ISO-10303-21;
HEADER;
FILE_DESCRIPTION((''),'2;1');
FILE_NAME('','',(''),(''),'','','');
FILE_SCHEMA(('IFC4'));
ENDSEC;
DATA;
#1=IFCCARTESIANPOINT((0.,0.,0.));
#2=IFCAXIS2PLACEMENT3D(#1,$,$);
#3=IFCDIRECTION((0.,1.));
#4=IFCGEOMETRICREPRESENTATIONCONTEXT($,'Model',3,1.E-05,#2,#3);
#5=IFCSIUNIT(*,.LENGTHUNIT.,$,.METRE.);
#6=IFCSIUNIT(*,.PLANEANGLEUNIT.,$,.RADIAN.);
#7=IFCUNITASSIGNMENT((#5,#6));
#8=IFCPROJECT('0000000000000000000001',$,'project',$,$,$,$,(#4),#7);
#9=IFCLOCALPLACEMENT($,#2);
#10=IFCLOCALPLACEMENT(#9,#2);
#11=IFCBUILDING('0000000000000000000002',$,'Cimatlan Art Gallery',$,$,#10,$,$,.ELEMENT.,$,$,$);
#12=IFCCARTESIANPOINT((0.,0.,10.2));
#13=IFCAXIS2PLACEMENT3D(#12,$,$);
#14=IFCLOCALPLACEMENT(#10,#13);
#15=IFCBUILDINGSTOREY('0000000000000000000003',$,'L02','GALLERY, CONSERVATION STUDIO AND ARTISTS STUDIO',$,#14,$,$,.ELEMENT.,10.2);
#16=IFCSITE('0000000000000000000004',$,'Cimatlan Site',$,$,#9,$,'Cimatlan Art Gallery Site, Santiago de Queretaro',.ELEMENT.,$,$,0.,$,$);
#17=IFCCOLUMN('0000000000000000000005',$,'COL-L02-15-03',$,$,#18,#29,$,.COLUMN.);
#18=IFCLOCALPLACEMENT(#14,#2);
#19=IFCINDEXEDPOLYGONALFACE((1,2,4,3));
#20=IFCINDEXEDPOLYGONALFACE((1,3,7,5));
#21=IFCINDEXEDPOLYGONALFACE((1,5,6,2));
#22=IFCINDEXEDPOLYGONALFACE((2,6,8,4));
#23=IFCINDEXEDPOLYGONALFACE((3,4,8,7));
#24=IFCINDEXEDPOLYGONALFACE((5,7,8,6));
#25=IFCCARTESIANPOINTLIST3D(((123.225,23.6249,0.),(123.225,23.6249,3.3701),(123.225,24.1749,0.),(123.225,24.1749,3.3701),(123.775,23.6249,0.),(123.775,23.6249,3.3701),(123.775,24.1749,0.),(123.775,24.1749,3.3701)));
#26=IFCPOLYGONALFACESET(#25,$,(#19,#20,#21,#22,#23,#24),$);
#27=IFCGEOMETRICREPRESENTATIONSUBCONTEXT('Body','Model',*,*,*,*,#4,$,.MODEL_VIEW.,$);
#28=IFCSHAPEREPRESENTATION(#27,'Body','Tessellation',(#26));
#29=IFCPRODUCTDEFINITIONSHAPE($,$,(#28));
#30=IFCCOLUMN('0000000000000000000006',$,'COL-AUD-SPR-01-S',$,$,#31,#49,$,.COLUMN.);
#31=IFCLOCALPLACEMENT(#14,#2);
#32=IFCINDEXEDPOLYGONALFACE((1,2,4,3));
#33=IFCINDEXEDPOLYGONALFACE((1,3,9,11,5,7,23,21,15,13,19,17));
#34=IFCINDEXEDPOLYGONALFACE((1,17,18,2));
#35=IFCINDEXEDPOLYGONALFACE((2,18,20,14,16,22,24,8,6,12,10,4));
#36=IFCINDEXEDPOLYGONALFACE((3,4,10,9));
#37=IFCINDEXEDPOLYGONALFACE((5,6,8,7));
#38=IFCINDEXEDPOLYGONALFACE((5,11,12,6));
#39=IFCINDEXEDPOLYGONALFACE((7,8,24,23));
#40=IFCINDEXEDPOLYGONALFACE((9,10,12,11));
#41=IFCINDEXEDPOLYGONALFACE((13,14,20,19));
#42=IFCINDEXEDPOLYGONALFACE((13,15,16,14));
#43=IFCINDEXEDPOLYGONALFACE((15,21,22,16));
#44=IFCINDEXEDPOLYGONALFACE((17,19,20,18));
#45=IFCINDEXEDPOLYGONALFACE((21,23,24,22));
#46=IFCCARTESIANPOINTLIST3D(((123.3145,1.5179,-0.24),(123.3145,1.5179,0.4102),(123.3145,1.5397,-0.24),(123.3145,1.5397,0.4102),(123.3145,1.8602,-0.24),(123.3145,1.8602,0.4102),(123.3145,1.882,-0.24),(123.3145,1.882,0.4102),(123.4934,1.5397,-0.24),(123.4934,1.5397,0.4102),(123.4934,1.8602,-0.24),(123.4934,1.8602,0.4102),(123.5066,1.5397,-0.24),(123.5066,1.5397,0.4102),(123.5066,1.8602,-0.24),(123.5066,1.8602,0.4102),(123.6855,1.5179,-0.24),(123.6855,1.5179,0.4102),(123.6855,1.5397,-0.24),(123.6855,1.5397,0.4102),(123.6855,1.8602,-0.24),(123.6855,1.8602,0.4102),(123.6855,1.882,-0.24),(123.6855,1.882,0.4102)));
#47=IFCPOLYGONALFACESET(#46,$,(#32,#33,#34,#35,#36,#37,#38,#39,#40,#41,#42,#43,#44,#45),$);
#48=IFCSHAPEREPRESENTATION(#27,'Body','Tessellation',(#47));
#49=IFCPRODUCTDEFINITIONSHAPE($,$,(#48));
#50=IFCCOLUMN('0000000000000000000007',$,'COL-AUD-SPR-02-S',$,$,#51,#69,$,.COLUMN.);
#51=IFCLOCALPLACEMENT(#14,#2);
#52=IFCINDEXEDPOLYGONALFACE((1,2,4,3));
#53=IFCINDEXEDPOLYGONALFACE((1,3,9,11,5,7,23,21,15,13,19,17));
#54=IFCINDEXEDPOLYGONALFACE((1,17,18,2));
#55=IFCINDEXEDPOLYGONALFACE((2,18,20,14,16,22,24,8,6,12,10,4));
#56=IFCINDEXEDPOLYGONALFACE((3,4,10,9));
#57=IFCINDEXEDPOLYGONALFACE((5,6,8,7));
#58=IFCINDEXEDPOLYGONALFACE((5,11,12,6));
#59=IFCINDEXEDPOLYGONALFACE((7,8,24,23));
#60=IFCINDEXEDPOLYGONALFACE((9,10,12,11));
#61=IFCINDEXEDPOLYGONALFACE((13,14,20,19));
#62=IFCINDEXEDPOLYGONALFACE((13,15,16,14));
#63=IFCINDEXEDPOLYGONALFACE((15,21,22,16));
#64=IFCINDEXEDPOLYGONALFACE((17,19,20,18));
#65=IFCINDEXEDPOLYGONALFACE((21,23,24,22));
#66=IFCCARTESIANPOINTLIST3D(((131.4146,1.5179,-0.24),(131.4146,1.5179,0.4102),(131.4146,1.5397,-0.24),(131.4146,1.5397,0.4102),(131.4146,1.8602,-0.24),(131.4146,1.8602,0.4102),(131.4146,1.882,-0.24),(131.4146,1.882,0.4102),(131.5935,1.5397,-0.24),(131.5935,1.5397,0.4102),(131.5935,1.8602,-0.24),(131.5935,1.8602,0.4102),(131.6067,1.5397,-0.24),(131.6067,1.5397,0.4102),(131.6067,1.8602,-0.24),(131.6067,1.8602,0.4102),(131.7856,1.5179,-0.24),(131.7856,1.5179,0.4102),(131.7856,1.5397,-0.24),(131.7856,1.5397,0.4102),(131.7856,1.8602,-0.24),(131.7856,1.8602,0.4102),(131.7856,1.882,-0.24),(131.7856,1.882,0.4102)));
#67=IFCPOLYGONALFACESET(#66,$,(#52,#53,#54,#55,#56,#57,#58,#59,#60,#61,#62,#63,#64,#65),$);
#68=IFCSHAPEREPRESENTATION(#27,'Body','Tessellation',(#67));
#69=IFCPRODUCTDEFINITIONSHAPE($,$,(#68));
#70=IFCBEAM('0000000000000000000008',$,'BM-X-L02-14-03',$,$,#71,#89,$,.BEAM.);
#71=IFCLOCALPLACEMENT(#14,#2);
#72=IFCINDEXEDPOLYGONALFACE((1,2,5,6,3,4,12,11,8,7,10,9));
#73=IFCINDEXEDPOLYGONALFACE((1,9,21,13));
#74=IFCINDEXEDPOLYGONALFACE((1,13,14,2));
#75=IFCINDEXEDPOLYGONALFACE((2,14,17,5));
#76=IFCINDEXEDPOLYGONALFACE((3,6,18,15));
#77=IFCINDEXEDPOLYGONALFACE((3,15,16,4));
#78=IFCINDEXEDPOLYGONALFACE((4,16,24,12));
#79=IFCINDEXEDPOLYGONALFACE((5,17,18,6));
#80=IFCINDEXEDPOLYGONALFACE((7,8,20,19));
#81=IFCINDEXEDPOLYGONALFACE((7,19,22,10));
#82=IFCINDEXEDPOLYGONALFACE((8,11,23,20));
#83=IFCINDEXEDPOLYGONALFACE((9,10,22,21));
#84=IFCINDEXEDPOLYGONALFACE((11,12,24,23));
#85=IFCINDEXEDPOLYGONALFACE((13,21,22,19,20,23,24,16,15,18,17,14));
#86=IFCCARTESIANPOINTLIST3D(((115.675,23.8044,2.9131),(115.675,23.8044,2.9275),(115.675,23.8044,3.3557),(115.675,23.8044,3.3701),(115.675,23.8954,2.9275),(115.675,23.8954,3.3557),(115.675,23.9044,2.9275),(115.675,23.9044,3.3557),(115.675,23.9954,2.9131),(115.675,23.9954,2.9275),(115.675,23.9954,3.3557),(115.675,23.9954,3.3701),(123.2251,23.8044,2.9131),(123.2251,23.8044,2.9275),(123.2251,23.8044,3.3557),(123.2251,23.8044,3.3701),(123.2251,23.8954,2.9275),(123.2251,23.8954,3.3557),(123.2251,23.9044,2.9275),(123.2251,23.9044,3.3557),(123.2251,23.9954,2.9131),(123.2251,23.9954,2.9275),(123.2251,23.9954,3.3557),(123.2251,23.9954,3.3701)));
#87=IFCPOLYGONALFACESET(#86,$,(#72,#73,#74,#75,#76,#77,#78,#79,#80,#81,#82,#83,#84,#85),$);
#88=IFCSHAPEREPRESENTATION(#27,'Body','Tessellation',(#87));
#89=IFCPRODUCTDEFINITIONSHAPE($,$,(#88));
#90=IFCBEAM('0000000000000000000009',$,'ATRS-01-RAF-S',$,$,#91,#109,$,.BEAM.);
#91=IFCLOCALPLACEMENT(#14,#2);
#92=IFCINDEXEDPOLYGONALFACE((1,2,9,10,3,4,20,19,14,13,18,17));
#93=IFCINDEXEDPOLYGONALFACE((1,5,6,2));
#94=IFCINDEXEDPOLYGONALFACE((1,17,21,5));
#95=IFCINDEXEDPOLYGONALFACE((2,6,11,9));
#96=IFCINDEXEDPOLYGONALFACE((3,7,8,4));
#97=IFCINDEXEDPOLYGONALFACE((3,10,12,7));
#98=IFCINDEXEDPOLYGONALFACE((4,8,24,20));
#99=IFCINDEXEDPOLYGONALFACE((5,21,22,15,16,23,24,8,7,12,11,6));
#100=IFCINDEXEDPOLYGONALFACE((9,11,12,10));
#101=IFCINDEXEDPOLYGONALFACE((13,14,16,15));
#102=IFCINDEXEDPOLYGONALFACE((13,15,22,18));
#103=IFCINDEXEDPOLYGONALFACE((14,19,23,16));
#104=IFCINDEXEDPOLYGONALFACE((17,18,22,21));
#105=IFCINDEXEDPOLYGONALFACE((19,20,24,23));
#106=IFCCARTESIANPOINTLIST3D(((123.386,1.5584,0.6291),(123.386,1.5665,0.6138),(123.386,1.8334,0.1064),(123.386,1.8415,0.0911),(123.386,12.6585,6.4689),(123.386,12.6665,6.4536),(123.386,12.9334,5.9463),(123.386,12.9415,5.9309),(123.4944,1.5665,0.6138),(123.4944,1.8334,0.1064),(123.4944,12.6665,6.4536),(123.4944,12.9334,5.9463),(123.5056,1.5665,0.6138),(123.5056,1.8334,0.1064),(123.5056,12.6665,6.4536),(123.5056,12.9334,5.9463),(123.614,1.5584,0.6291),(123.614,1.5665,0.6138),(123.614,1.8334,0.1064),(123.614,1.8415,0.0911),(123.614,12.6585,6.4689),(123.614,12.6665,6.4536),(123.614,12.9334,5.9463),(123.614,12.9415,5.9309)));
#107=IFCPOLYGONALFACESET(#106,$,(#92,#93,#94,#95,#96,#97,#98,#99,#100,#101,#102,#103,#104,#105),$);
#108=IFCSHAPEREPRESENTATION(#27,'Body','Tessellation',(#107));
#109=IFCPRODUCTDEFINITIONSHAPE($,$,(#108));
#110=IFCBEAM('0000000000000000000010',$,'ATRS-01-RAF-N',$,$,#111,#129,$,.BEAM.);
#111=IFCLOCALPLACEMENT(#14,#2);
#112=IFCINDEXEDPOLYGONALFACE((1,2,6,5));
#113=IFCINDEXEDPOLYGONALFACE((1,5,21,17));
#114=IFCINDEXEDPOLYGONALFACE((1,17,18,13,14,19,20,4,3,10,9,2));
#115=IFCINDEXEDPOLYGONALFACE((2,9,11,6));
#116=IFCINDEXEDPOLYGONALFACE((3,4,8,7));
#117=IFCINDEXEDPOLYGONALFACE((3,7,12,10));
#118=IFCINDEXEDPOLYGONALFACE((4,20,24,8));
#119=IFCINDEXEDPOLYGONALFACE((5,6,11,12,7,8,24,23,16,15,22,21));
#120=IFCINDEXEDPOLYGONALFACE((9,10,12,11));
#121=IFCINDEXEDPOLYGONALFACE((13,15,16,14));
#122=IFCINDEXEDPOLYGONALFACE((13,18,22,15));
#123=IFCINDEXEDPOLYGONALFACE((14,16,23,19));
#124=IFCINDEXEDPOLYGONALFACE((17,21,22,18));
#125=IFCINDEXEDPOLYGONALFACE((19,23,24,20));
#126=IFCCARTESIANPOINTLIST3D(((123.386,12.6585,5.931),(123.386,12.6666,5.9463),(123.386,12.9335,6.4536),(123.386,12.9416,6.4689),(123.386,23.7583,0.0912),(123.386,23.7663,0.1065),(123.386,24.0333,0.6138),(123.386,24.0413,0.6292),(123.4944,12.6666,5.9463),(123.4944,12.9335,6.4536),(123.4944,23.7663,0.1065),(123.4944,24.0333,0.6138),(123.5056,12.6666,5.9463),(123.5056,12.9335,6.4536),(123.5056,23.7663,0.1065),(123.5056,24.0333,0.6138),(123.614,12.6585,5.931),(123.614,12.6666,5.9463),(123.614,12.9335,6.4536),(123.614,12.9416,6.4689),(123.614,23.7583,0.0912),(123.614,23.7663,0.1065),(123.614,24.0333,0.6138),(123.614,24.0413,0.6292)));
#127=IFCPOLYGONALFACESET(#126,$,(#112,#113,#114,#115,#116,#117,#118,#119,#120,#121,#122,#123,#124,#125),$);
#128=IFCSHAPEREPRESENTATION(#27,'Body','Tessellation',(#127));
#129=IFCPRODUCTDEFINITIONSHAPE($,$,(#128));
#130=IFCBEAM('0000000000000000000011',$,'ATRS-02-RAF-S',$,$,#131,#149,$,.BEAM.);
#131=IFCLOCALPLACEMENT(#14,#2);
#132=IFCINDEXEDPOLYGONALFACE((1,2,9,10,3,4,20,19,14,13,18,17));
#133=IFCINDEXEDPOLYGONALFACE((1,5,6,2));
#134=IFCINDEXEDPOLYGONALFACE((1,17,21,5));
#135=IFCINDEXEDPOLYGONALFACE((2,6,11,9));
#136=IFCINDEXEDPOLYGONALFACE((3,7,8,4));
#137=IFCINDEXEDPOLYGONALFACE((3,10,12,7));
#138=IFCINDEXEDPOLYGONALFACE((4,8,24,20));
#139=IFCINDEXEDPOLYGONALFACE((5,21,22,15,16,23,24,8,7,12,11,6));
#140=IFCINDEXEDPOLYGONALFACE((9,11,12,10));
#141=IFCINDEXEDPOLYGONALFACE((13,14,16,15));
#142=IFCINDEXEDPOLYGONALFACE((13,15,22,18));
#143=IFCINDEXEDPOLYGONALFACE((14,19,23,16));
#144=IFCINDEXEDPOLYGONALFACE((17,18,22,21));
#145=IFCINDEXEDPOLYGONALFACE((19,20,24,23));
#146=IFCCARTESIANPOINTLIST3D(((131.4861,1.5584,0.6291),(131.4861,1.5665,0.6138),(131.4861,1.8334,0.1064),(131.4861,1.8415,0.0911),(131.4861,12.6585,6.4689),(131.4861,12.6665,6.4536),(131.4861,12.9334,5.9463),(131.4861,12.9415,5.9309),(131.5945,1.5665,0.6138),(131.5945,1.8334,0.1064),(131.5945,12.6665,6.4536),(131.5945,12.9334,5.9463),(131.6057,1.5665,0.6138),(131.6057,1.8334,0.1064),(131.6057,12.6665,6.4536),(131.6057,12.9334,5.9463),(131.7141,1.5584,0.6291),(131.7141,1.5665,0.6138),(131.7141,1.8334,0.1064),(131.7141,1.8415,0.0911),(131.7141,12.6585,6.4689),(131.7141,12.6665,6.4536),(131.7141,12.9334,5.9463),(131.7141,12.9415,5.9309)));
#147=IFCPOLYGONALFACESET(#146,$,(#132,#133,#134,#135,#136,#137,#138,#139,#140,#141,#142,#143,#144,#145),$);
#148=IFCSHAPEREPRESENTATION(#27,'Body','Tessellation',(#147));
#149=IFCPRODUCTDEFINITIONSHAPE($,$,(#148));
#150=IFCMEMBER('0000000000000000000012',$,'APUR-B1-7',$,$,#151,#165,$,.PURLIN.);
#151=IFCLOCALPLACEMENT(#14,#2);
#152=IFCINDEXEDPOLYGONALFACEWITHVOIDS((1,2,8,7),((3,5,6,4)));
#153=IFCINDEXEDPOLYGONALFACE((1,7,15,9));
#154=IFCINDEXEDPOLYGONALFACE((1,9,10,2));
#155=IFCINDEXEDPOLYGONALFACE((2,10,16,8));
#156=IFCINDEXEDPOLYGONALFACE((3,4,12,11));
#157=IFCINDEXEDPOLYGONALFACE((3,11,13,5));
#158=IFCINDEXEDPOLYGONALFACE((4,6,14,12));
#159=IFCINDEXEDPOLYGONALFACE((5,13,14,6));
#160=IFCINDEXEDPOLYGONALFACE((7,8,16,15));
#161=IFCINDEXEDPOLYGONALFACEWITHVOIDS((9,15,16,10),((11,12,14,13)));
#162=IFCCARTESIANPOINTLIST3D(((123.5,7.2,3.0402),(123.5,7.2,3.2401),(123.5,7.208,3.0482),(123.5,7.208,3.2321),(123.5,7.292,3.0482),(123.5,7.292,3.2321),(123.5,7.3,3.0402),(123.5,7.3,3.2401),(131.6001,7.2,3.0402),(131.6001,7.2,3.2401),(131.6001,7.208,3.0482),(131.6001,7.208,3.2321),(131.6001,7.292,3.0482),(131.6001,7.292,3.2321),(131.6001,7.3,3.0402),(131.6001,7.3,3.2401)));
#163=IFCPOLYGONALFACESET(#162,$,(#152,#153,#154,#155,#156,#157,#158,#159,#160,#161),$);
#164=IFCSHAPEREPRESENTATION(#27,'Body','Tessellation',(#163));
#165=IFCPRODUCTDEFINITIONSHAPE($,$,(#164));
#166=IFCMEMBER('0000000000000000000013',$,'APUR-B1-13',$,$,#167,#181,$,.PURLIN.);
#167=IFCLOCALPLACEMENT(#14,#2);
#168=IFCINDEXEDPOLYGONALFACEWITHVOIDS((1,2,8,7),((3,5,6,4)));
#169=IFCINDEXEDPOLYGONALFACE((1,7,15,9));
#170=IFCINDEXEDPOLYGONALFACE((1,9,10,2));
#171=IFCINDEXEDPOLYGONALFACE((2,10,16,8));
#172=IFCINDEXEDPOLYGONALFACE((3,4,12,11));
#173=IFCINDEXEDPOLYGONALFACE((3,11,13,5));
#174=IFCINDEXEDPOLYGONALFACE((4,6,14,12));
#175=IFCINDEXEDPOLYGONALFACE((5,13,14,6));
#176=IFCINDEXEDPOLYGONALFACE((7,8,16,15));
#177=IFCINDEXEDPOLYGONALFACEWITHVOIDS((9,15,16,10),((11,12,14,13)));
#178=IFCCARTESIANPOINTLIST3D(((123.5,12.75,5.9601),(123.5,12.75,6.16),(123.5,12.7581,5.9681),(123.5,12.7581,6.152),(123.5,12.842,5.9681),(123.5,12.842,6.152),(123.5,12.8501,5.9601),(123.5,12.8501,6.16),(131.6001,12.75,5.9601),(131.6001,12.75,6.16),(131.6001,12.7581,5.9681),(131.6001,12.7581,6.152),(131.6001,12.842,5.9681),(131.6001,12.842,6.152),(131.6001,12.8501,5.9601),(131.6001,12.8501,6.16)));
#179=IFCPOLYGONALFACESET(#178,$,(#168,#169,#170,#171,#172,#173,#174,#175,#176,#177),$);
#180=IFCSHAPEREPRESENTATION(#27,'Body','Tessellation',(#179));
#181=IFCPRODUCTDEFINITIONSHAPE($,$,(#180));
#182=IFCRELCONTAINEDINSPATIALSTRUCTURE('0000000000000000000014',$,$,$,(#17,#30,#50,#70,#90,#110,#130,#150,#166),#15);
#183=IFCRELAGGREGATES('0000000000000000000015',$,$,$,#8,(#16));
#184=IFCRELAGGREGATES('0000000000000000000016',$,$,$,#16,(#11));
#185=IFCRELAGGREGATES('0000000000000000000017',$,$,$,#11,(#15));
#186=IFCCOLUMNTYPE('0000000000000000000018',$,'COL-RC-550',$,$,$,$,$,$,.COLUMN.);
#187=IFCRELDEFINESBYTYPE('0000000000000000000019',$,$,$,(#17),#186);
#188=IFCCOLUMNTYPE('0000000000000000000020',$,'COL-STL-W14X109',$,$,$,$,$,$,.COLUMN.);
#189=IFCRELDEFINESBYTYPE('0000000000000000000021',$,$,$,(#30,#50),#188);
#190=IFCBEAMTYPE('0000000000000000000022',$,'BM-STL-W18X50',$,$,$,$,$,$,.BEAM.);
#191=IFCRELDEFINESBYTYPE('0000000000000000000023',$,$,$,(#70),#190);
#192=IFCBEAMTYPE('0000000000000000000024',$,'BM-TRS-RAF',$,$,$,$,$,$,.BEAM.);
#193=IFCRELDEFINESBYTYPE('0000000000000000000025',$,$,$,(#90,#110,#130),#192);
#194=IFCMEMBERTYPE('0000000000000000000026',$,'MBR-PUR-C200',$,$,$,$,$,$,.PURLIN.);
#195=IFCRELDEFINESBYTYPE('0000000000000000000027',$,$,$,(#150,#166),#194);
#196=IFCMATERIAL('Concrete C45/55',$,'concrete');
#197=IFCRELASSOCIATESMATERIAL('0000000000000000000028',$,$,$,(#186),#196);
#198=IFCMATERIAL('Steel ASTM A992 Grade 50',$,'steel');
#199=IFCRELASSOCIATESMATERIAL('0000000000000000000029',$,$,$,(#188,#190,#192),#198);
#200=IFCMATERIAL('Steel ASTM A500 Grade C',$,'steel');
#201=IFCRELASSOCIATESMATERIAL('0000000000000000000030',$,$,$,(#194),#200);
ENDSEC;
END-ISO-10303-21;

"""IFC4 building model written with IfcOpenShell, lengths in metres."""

from ifc_helpers import new_model, si_unit, direction, frame, origin, origin_2d, place, context, subcontext, project, spatial, rectangle, hollow_rectangle, i_section, extrude, material, material_profile, profile_set, type_object, element, save


model = new_model("IFC4")

# Units and contexts
model_context = context("Model", 3, precision=1e-05, world=origin(), true_north=direction((0.0, 1.0)))
body_context = subcontext(model_context, "Body", "Model", "MODEL_VIEW")
ifc_project = project(units=[si_unit("LENGTHUNIT", "METRE"), si_unit("PLANEANGLEUNIT", "RADIAN")], contexts=[model_context])

# Site, building, storey
site_placement = place(None, origin())
site = spatial("IfcSite", under=ifc_project, at=site_placement, Name="Cimatlan Site", LongName="Cimatlan Art Gallery Site, Santiago de Queretaro", CompositionType="ELEMENT", RefElevation=0.0)
building_placement = place(site_placement, origin())
building = spatial("IfcBuilding", under=site, at=building_placement, Name="Cimatlan Art Gallery", CompositionType="ELEMENT")
storey_placement = place(building_placement, frame((0.0, 0.0, 10.2)))
storey = spatial("IfcBuildingStorey", under=building, at=storey_placement, Name="L02", Description="GALLERY, CONSERVATION STUDIO AND ARTISTS STUDIO", CompositionType="ELEMENT", Elevation=10.2)

# Columns
ifc_material_1 = material(Name="Concrete C45/55", Category="concrete")
ifc_material_profile_1 = material_profile(ifc_material_1, rectangle(XDim=0.55, YDim=0.55, at=origin_2d()), Name="RC550X550")
ifc_profile_set_1 = profile_set([ifc_material_profile_1], Name="Concrete C45/55")
column_type_1 = type_object("IfcColumnType", Name="COL-RC-550", PredefinedType="COLUMN", material=ifc_profile_set_1)
column_placement = place(storey_placement, frame((123.5, 23.8999, 0.0), z_axis=(0.0, 0.0, 1.0), x_axis=(1.0, 0.0, 0.0)))
element("IfcColumn", 1, at=column_placement, inside=storey, type_object=column_type_1, Name="COL-L02-15-03", PredefinedType="COLUMN", context=body_context, shape_type="SweptSolid", body=[
    extrude(rectangle(XDim=0.55, YDim=0.55, at=origin_2d()), origin(), (0.0, 0.0, 1.0), 3.3701),
])
ifc_material_2 = material(Name="Steel ASTM A992 Grade 50", Category="steel")
ifc_material_profile_2 = material_profile(ifc_material_2, i_section(OverallWidth=0.3711, OverallDepth=0.364, WebThickness=0.0132, FlangeThickness=0.0217, at=origin_2d()), Name="W14X109")
ifc_profile_set_2 = profile_set([ifc_material_profile_2], Name="Steel ASTM A992 Grade 50")
column_type_2 = type_object("IfcColumnType", Name="COL-STL-W14X109", PredefinedType="COLUMN", material=ifc_profile_set_2)
for number, where, z_axis, x_axis, name in (
    (2, (123.5, 1.7, -0.24), (0.0, 0.0, 1.0), (1.0, 0.0, 0.0), "COL-AUD-SPR-01-S"),
    (3, (131.6001, 1.7, -0.24), (0.0, 0.0, 1.0), (1.0, 0.0, 0.0), "COL-AUD-SPR-02-S"),
):
    element("IfcColumn", number, at=place(storey_placement, frame(where, z_axis=z_axis, x_axis=x_axis)), inside=storey, type_object=column_type_2, Name=name, PredefinedType="COLUMN", context=body_context, shape_type="SweptSolid", body=[
        extrude(i_section(OverallWidth=0.3711, OverallDepth=0.364, WebThickness=0.0132, FlangeThickness=0.0217, at=origin_2d()), origin(), (0.0, 0.0, 1.0), 0.6501),
    ])

# Beams
ifc_material_profile_3 = material_profile(ifc_material_2, i_section(OverallWidth=0.1909, OverallDepth=0.457, WebThickness=0.009, FlangeThickness=0.0144, at=origin_2d()), Name="W18X50")
ifc_profile_set_3 = profile_set([ifc_material_profile_3], Name="Steel ASTM A992 Grade 50")
beam_type_1 = type_object("IfcBeamType", Name="BM-STL-W18X50", PredefinedType="BEAM", material=ifc_profile_set_3)
beam_1_placement = place(storey_placement, frame((115.675, 23.8999, 3.1416), z_axis=(1.0, 0.0, 0.0), x_axis=(0.0, 1.0, 0.0)))
element("IfcBeam", 4, at=beam_1_placement, inside=storey, type_object=beam_type_1, Name="BM-X-L02-14-03", PredefinedType="BEAM", context=body_context, shape_type="SweptSolid", body=[
    extrude(i_section(OverallWidth=0.1909, OverallDepth=0.457, WebThickness=0.009, FlangeThickness=0.0144, at=origin_2d()), origin(), (0.0, 0.0, 1.0), 7.55),
])
ifc_material_profile_4 = material_profile(ifc_material_2, i_section(OverallWidth=0.228, OverallDepth=0.6079, WebThickness=0.0112, FlangeThickness=0.0173, at=origin_2d()), Name="W24X76")
ifc_profile_set_4 = profile_set([ifc_material_profile_4], Name="Steel ASTM A992 Grade 50")
beam_type_2 = type_object("IfcBeamType", Name="BM-TRS-RAF", PredefinedType="BEAM", material=ifc_profile_set_4)
beam_2_placement = place(storey_placement, frame((123.5, 1.7, 0.3601), z_axis=(0.0, 0.884994, 0.465602), x_axis=(-1.0, 0.0, 0.0)))
element("IfcBeam", 5, at=beam_2_placement, inside=storey, type_object=beam_type_2, Name="ATRS-01-RAF-S", PredefinedType="BEAM", context=body_context, shape_type="SweptSolid", body=[
    extrude(i_section(OverallWidth=0.228, OverallDepth=0.6079, WebThickness=0.0112, FlangeThickness=0.0173, at=origin_2d()), origin(), (0.0, 0.0, 1.0), 12.5425),
])
beam_3_placement = place(storey_placement, frame((123.5, 12.8, 6.2), z_axis=(0.0, 0.88499, -0.46561), x_axis=(-1.0, 0.0, 0.0)))
element("IfcBeam", 6, at=beam_3_placement, inside=storey, type_object=beam_type_2, Name="ATRS-01-RAF-N", PredefinedType="BEAM", context=body_context, shape_type="SweptSolid", body=[
    extrude(i_section(OverallWidth=0.228, OverallDepth=0.6079, WebThickness=0.0112, FlangeThickness=0.0173, at=origin_2d()), origin(), (0.0, 0.0, 1.0), 12.5422),
])
beam_4_placement = place(storey_placement, frame((131.6001, 1.7, 0.3601), z_axis=(0.0, 0.884994, 0.465602), x_axis=(-1.0, 0.0, 0.0)))
element("IfcBeam", 7, at=beam_4_placement, inside=storey, type_object=beam_type_2, Name="ATRS-02-RAF-S", PredefinedType="BEAM", context=body_context, shape_type="SweptSolid", body=[
    extrude(i_section(OverallWidth=0.228, OverallDepth=0.6079, WebThickness=0.0112, FlangeThickness=0.0173, at=origin_2d()), origin(), (0.0, 0.0, 1.0), 12.5425),
])

# Members
ifc_material_3 = material(Name="Steel ASTM A500 Grade C", Category="steel")
ifc_material_profile_5 = material_profile(ifc_material_3, hollow_rectangle(XDim=0.1001, YDim=0.2, WallThickness=0.0081, at=origin_2d()), Name="HSS200X100X8")
ifc_profile_set_5 = profile_set([ifc_material_profile_5], Name="Steel ASTM A500 Grade C")
member_type_1 = type_object("IfcMemberType", Name="MBR-PUR-C200", PredefinedType="PURLIN", material=ifc_profile_set_5)
for number, where, z_axis, x_axis, name in (
    (8, (123.5, 7.25, 3.1401), (1.0, 0.0, 0.0), (0.0, 1.0, 0.0), "APUR-B1-7"),
    (9, (123.5, 12.8, 6.0601), (1.0, 0.0, 0.0), (0.0, 1.0, 0.0), "APUR-B1-13"),
):
    element("IfcMember", number, at=place(storey_placement, frame(where, z_axis=z_axis, x_axis=x_axis)), inside=storey, type_object=member_type_1, Name=name, PredefinedType="PURLIN", context=body_context, shape_type="SweptSolid", body=[
        extrude(hollow_rectangle(XDim=0.1001, YDim=0.2, WallThickness=0.0081, at=origin_2d()), origin(), (0.0, 0.0, 1.0), 8.1001),
    ])

save(model, "model.ifc")
